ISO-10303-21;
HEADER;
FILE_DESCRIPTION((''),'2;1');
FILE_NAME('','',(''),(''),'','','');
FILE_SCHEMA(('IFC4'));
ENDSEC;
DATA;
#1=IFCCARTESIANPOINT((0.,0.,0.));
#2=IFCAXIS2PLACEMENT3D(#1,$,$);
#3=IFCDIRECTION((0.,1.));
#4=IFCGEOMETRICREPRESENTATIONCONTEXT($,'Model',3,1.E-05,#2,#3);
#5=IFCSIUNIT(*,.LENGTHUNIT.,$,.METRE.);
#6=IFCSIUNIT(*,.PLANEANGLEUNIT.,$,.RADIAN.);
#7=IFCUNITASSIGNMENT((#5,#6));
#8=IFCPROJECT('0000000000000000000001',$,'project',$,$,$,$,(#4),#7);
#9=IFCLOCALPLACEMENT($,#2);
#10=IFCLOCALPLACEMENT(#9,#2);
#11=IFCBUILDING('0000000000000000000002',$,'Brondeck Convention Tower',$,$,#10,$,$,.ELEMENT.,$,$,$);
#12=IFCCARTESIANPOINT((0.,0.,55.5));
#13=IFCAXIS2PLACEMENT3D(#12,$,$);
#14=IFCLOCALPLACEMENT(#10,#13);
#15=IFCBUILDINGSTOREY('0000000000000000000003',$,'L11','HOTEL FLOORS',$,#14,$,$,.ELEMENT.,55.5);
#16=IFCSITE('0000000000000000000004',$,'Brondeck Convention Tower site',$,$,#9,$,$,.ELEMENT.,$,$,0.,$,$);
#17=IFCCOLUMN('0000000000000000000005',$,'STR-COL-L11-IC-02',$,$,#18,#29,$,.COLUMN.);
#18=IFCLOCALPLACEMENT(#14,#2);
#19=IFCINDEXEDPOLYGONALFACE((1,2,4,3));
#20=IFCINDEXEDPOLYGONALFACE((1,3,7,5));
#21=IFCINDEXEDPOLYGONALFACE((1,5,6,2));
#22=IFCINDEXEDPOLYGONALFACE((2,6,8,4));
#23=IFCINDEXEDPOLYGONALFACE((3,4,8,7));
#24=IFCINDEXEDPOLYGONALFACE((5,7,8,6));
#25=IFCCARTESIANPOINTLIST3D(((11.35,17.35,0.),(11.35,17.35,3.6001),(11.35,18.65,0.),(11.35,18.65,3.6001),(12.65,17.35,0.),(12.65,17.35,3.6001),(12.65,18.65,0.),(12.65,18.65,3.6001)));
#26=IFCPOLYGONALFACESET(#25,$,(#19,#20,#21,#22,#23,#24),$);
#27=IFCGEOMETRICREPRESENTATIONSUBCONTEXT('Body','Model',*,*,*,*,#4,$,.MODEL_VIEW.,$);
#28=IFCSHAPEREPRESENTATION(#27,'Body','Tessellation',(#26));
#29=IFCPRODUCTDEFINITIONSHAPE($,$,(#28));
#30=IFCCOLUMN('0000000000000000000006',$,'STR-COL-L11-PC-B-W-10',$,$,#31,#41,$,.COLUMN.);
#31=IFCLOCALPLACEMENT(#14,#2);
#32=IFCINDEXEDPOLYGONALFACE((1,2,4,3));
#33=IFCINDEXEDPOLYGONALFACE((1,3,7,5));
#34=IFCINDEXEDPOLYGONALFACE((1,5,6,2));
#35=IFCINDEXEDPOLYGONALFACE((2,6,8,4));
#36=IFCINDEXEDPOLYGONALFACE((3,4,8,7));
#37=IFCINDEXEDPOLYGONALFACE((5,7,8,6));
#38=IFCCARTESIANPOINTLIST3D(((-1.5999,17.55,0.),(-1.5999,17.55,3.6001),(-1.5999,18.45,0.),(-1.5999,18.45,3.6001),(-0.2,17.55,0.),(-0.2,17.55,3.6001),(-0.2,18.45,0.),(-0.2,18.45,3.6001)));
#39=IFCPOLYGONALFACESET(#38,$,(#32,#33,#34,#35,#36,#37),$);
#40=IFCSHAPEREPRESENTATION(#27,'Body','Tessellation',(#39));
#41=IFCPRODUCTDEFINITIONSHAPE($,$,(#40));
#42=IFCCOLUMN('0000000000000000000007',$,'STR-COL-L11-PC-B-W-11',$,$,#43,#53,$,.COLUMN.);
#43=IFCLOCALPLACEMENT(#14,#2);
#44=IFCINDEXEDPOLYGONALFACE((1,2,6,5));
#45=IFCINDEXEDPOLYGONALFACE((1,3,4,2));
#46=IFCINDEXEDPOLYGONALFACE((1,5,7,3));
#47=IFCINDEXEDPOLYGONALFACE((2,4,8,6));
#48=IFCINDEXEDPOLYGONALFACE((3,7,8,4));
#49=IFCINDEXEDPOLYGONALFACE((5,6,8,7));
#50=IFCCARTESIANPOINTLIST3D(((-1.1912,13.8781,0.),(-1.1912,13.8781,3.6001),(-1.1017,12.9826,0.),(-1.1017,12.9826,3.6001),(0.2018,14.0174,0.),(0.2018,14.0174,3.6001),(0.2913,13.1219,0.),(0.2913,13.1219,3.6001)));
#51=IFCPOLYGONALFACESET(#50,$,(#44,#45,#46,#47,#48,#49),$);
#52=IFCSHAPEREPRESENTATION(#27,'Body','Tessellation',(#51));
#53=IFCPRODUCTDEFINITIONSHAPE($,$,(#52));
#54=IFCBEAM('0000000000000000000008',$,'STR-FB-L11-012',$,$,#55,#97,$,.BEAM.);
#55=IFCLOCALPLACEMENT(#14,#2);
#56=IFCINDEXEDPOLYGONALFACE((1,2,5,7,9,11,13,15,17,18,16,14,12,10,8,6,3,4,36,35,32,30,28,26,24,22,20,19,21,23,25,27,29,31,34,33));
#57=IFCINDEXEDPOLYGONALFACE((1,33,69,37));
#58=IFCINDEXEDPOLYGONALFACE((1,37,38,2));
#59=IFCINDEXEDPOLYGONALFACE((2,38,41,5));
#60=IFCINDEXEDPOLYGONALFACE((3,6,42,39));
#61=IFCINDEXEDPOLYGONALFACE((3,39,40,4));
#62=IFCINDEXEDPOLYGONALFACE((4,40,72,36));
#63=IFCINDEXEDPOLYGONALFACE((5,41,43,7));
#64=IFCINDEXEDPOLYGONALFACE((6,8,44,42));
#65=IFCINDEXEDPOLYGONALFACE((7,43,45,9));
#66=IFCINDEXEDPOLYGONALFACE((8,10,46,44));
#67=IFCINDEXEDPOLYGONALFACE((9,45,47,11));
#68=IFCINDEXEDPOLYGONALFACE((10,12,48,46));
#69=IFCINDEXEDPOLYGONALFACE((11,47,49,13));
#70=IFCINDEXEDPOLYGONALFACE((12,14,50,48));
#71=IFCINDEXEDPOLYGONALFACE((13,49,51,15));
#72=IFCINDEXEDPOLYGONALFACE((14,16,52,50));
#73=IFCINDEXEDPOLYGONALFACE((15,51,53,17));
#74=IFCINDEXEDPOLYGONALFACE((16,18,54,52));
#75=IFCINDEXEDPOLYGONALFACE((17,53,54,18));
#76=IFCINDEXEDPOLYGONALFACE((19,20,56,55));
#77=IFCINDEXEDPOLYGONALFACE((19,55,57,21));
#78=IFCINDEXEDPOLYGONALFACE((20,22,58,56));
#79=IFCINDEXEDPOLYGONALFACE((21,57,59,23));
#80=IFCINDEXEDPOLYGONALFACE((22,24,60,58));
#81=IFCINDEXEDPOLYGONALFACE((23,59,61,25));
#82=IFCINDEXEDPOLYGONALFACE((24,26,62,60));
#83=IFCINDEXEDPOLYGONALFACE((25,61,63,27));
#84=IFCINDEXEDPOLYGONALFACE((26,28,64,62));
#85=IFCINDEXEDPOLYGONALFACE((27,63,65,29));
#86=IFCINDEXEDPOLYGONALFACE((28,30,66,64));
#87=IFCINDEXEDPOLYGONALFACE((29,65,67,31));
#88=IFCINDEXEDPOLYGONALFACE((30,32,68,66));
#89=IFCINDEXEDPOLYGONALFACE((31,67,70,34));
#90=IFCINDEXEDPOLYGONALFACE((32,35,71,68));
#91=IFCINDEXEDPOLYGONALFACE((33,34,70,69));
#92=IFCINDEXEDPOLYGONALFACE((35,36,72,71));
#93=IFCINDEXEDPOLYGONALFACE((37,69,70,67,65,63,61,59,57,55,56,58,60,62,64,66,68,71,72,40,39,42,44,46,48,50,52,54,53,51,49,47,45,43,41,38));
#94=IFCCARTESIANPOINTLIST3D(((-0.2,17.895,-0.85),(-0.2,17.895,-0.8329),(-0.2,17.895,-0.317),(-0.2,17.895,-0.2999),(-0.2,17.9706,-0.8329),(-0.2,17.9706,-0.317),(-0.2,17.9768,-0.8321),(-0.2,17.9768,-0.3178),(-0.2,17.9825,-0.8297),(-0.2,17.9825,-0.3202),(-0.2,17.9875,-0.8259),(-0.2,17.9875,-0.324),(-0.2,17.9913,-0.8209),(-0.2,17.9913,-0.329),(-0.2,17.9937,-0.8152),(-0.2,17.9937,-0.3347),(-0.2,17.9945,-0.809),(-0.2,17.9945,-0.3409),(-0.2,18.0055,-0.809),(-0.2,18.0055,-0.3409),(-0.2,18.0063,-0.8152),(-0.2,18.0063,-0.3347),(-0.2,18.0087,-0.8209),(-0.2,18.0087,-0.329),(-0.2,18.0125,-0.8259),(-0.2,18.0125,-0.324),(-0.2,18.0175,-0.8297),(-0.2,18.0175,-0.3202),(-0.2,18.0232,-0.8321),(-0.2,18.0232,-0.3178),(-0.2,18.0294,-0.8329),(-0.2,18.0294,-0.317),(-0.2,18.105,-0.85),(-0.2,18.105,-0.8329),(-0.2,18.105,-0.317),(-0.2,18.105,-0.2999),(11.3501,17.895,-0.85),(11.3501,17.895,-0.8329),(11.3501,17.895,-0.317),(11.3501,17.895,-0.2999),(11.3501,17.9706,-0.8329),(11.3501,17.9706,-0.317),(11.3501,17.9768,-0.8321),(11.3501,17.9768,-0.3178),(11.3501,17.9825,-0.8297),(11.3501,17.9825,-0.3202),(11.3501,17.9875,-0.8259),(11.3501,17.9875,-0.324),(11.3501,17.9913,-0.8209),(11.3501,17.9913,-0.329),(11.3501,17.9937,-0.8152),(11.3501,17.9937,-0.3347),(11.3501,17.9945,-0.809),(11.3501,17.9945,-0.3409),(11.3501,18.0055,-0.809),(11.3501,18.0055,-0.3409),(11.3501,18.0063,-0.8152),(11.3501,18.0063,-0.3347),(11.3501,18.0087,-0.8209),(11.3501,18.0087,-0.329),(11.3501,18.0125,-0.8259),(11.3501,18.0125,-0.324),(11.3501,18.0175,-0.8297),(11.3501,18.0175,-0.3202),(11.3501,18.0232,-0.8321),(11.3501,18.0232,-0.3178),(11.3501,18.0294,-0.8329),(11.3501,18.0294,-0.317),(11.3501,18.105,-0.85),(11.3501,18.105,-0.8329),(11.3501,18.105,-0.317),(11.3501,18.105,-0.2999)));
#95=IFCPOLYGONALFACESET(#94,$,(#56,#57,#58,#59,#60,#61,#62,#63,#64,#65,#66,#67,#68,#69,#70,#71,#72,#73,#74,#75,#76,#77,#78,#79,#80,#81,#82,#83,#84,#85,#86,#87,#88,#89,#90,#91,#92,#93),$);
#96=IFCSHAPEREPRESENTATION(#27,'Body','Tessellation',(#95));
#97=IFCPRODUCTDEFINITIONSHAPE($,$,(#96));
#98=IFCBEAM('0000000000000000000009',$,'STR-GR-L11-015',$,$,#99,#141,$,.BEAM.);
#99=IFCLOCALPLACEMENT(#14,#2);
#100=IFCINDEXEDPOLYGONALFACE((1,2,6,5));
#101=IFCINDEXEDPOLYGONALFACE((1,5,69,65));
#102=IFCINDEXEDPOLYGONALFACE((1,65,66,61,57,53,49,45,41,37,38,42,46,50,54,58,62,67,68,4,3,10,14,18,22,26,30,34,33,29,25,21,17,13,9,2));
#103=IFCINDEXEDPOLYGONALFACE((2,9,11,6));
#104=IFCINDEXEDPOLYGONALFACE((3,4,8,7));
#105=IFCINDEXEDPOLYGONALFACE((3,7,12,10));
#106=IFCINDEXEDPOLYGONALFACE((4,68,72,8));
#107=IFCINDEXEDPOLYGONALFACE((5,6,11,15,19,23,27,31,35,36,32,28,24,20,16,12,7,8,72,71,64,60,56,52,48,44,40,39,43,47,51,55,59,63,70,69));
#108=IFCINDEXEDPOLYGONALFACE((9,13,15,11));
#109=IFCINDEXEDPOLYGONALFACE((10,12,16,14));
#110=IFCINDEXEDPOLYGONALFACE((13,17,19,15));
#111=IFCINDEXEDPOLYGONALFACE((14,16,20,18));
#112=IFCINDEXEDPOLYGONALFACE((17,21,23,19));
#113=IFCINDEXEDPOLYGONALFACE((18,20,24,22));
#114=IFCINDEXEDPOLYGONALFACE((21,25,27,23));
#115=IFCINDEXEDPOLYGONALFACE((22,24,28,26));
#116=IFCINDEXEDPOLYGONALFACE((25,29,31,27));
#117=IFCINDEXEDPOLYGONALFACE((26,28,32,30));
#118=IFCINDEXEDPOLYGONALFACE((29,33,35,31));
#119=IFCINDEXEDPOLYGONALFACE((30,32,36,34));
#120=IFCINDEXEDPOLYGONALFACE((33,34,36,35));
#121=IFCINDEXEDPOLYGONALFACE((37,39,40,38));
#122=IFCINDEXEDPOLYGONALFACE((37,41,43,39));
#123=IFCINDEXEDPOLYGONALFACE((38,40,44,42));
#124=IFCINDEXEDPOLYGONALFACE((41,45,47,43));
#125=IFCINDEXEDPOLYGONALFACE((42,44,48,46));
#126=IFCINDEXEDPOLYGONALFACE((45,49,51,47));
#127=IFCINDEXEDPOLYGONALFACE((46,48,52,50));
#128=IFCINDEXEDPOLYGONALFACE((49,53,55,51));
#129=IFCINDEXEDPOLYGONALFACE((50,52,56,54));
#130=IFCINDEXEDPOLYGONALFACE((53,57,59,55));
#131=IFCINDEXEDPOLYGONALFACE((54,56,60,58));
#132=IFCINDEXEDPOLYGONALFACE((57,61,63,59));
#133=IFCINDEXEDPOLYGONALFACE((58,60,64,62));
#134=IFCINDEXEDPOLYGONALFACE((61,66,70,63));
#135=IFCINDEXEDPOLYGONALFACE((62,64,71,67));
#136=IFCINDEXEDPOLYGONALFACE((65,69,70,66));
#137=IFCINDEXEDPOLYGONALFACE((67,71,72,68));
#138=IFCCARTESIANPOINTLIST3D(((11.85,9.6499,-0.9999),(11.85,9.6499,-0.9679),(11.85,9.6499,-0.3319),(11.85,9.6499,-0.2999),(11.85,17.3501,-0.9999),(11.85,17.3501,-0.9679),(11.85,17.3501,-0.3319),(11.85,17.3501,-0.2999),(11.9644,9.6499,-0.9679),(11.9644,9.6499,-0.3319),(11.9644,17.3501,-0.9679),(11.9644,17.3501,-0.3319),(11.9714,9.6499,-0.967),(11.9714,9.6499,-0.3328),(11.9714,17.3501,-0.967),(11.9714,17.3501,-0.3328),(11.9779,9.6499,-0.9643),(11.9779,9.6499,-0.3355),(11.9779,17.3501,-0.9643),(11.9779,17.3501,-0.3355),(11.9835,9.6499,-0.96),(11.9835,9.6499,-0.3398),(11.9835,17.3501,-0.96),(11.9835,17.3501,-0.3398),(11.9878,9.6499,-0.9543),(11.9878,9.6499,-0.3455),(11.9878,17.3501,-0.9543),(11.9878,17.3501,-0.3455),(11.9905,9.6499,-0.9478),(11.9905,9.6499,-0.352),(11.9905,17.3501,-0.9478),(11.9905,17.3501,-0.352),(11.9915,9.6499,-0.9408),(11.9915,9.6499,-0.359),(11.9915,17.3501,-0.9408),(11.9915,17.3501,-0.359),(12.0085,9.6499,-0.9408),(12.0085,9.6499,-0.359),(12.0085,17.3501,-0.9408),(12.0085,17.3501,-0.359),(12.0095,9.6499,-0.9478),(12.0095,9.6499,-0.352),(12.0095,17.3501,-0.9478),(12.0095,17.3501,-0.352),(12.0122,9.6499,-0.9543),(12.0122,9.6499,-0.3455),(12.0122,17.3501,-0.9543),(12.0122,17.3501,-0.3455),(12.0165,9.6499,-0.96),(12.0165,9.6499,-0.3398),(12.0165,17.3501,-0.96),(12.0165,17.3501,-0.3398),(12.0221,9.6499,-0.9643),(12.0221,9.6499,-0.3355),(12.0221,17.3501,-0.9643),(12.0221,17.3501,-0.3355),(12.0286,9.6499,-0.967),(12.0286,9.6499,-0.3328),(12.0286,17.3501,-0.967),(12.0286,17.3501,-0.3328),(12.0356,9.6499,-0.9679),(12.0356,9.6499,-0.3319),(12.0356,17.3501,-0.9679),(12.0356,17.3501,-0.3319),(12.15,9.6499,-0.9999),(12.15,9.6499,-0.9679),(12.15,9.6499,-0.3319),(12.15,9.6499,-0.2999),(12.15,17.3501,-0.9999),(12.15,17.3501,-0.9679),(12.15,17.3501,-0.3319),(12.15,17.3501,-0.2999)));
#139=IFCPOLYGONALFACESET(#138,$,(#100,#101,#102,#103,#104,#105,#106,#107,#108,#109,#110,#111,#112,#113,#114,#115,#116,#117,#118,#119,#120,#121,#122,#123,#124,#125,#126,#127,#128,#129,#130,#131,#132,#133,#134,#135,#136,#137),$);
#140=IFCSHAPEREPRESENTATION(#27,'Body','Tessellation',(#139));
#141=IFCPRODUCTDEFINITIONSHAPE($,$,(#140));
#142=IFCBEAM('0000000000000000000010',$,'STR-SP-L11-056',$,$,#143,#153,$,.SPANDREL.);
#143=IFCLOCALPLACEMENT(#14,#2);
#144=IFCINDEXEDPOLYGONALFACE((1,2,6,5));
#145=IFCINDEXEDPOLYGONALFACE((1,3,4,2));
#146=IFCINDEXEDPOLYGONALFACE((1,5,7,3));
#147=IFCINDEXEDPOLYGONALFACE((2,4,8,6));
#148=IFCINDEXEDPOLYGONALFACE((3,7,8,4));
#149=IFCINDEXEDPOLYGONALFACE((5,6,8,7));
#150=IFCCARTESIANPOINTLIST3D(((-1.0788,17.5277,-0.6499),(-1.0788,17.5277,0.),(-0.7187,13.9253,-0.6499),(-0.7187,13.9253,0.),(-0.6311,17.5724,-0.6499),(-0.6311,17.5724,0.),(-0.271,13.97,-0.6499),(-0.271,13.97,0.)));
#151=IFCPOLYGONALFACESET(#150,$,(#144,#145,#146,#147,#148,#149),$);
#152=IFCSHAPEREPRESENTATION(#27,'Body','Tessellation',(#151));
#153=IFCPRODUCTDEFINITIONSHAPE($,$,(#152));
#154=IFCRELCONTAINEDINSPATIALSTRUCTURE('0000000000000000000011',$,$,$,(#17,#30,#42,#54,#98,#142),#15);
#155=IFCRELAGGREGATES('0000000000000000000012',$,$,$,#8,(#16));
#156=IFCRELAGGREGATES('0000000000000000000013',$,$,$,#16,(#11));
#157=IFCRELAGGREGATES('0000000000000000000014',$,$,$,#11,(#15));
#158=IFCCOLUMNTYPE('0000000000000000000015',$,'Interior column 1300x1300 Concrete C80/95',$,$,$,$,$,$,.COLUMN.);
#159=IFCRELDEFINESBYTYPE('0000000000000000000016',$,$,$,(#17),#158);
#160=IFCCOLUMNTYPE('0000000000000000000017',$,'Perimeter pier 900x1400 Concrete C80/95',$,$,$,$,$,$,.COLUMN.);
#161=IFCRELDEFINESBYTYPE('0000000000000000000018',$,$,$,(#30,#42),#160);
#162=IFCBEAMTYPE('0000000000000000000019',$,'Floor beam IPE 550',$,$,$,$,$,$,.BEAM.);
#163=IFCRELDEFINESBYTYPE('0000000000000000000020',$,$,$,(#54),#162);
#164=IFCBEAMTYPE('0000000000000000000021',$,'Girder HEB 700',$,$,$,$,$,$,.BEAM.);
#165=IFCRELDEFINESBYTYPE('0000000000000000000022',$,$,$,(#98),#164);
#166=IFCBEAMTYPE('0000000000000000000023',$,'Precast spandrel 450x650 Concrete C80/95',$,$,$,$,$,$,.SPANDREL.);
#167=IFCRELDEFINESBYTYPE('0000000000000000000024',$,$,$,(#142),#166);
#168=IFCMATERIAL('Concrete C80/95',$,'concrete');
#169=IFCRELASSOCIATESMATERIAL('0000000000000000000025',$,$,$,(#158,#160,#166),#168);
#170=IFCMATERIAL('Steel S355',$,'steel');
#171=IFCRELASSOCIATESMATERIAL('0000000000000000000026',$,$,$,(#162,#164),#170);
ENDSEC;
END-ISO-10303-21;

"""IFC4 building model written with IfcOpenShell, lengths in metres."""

from ifc_helpers import new_model, si_unit, direction, frame, origin, origin_2d, place, context, subcontext, project, spatial, rectangle, i_section, extrude, material, material_profile, profile_set, type_object, element, save


model = new_model("IFC4")

# Units and contexts
model_context = context("Model", 3, precision=1e-05, world=origin(), true_north=direction((0.0, 1.0)))
body_context = subcontext(model_context, "Body", "Model", "MODEL_VIEW")
ifc_project = project(units=[si_unit("LENGTHUNIT", "METRE"), si_unit("PLANEANGLEUNIT", "RADIAN")], contexts=[model_context])

# Site, building, storey
site_placement = place(None, origin())
site = spatial("IfcSite", under=ifc_project, at=site_placement, Name="Brondeck Convention Tower site", CompositionType="ELEMENT", RefElevation=0.0)
building_placement = place(site_placement, origin())
building = spatial("IfcBuilding", under=site, at=building_placement, Name="Brondeck Convention Tower", CompositionType="ELEMENT")
storey_placement = place(building_placement, frame((0.0, 0.0, 55.5)))
storey = spatial("IfcBuildingStorey", under=building, at=storey_placement, Name="L11", Description="HOTEL FLOORS", CompositionType="ELEMENT", Elevation=55.5)

# Columns
ifc_material_1 = material(Name="Concrete C80/95", Category="concrete")
ifc_material_profile_1 = material_profile(ifc_material_1, rectangle(XDim=1.3, YDim=1.3, at=origin_2d()), Name="Interior column 1300x1300 Concrete C80/95")
ifc_profile_set_1 = profile_set([ifc_material_profile_1], Name="Concrete C80/95")
column_type_1 = type_object("IfcColumnType", Name="Interior column 1300x1300 Concrete C80/95", PredefinedType="COLUMN", material=ifc_profile_set_1)
column_placement = place(storey_placement, frame((12.0, 18.0, 0.0), z_axis=(0.0, 0.0, 1.0), x_axis=(1.0, 0.0, 0.0)))
element("IfcColumn", 1, at=column_placement, inside=storey, type_object=column_type_1, Name="STR-COL-L11-IC-02", PredefinedType="COLUMN", context=body_context, shape_type="SweptSolid", body=[
    extrude(rectangle(XDim=1.3, YDim=1.3, at=origin_2d()), origin(), (0.0, 0.0, 1.0), 3.6001),
])
ifc_material_profile_2 = material_profile(ifc_material_1, rectangle(XDim=0.8999, YDim=1.3999, at=origin_2d()), Name="Perimeter pier 900x1400 Concrete C80/95")
ifc_profile_set_2 = profile_set([ifc_material_profile_2], Name="Concrete C80/95")
column_type_2 = type_object("IfcColumnType", Name="Perimeter pier 900x1400 Concrete C80/95", PredefinedType="COLUMN", material=ifc_profile_set_2)
for number, where, z_axis, x_axis, name in (
    (2, (-0.8999, 18.0, 0.0), (0.0, 0.0, 1.0), (0.0, -1.0, 0.0), "STR-COL-L11-PC-B-W-10"),
    (3, (-0.45, 13.5, 0.0), (0.0, 0.0, 1.0), (0.099504, -0.995037, 0.0), "STR-COL-L11-PC-B-W-11"),
):
    element("IfcColumn", number, at=place(storey_placement, frame(where, z_axis=z_axis, x_axis=x_axis)), inside=storey, type_object=column_type_2, Name=name, PredefinedType="COLUMN", context=body_context, shape_type="SweptSolid", body=[
        extrude(rectangle(XDim=0.8999, YDim=1.3999, at=origin_2d()), origin(), (0.0, 0.0, 1.0), 3.6001),
    ])

# Beams
ifc_material_2 = material(Name="Steel S355", Category="steel")
ifc_material_profile_3 = material_profile(ifc_material_2, i_section(OverallWidth=0.21, OverallDepth=0.55, WebThickness=0.011, FlangeThickness=0.0171, FilletRadius=0.0239, at=origin_2d()), Name="IPE 550")
ifc_profile_set_3 = profile_set([ifc_material_profile_3], Name="Steel S355")
beam_type_1 = type_object("IfcBeamType", Name="Floor beam IPE 550", PredefinedType="BEAM", material=ifc_profile_set_3)
beam_1_placement = place(storey_placement, frame((-0.2, 18.0, -0.575), z_axis=(1.0, 0.0, 0.0), x_axis=(0.0, 1.0, 0.0)))
element("IfcBeam", 4, at=beam_1_placement, inside=storey, type_object=beam_type_1, Name="STR-FB-L11-012", PredefinedType="BEAM", context=body_context, shape_type="SweptSolid", body=[
    extrude(i_section(OverallWidth=0.21, OverallDepth=0.55, WebThickness=0.011, FlangeThickness=0.0171, FilletRadius=0.0239, at=origin_2d()), origin(), (0.0, 0.0, 1.0), 11.55),
])
ifc_material_profile_4 = material_profile(ifc_material_2, i_section(OverallWidth=0.3, OverallDepth=0.7, WebThickness=0.0171, FlangeThickness=0.032, FilletRadius=0.0271, at=origin_2d()), Name="HEB 700")
ifc_profile_set_4 = profile_set([ifc_material_profile_4], Name="Steel S355")
beam_type_2 = type_object("IfcBeamType", Name="Girder HEB 700", PredefinedType="BEAM", material=ifc_profile_set_4)
beam_2_placement = place(storey_placement, frame((12.0, 17.3501, -0.6499), z_axis=(0.0, -1.0, 0.0), x_axis=(1.0, 0.0, 0.0)))
element("IfcBeam", 5, at=beam_2_placement, inside=storey, type_object=beam_type_2, Name="STR-GR-L11-015", PredefinedType="BEAM", context=body_context, shape_type="SweptSolid", body=[
    extrude(i_section(OverallWidth=0.3, OverallDepth=0.7, WebThickness=0.0171, FlangeThickness=0.032, FilletRadius=0.0271, at=origin_2d()), origin(), (0.0, 0.0, 1.0), 7.7002),
])
ifc_material_profile_5 = material_profile(ifc_material_1, rectangle(XDim=0.45, YDim=0.6499, at=origin_2d()), Name="Precast spandrel 450x650 Concrete C80/95")
ifc_profile_set_5 = profile_set([ifc_material_profile_5], Name="Concrete C80/95")
beam_type_3 = type_object("IfcBeamType", Name="Precast spandrel 450x650 Concrete C80/95", PredefinedType="SPANDREL", material=ifc_profile_set_5)
beam_3_placement = place(storey_placement, frame((-0.855, 17.55, -0.325), z_axis=(0.09947, -0.995041, 0.0), x_axis=(0.995041, 0.09947, 0.0)))
element("IfcBeam", 6, at=beam_3_placement, inside=storey, type_object=beam_type_3, Name="STR-SP-L11-056", PredefinedType="SPANDREL", context=body_context, shape_type="SweptSolid", body=[
    extrude(rectangle(XDim=0.45, YDim=0.6499, at=origin_2d()), origin(), (0.0, 0.0, 1.0), 3.6204),
])

save(model, "model.ifc")
